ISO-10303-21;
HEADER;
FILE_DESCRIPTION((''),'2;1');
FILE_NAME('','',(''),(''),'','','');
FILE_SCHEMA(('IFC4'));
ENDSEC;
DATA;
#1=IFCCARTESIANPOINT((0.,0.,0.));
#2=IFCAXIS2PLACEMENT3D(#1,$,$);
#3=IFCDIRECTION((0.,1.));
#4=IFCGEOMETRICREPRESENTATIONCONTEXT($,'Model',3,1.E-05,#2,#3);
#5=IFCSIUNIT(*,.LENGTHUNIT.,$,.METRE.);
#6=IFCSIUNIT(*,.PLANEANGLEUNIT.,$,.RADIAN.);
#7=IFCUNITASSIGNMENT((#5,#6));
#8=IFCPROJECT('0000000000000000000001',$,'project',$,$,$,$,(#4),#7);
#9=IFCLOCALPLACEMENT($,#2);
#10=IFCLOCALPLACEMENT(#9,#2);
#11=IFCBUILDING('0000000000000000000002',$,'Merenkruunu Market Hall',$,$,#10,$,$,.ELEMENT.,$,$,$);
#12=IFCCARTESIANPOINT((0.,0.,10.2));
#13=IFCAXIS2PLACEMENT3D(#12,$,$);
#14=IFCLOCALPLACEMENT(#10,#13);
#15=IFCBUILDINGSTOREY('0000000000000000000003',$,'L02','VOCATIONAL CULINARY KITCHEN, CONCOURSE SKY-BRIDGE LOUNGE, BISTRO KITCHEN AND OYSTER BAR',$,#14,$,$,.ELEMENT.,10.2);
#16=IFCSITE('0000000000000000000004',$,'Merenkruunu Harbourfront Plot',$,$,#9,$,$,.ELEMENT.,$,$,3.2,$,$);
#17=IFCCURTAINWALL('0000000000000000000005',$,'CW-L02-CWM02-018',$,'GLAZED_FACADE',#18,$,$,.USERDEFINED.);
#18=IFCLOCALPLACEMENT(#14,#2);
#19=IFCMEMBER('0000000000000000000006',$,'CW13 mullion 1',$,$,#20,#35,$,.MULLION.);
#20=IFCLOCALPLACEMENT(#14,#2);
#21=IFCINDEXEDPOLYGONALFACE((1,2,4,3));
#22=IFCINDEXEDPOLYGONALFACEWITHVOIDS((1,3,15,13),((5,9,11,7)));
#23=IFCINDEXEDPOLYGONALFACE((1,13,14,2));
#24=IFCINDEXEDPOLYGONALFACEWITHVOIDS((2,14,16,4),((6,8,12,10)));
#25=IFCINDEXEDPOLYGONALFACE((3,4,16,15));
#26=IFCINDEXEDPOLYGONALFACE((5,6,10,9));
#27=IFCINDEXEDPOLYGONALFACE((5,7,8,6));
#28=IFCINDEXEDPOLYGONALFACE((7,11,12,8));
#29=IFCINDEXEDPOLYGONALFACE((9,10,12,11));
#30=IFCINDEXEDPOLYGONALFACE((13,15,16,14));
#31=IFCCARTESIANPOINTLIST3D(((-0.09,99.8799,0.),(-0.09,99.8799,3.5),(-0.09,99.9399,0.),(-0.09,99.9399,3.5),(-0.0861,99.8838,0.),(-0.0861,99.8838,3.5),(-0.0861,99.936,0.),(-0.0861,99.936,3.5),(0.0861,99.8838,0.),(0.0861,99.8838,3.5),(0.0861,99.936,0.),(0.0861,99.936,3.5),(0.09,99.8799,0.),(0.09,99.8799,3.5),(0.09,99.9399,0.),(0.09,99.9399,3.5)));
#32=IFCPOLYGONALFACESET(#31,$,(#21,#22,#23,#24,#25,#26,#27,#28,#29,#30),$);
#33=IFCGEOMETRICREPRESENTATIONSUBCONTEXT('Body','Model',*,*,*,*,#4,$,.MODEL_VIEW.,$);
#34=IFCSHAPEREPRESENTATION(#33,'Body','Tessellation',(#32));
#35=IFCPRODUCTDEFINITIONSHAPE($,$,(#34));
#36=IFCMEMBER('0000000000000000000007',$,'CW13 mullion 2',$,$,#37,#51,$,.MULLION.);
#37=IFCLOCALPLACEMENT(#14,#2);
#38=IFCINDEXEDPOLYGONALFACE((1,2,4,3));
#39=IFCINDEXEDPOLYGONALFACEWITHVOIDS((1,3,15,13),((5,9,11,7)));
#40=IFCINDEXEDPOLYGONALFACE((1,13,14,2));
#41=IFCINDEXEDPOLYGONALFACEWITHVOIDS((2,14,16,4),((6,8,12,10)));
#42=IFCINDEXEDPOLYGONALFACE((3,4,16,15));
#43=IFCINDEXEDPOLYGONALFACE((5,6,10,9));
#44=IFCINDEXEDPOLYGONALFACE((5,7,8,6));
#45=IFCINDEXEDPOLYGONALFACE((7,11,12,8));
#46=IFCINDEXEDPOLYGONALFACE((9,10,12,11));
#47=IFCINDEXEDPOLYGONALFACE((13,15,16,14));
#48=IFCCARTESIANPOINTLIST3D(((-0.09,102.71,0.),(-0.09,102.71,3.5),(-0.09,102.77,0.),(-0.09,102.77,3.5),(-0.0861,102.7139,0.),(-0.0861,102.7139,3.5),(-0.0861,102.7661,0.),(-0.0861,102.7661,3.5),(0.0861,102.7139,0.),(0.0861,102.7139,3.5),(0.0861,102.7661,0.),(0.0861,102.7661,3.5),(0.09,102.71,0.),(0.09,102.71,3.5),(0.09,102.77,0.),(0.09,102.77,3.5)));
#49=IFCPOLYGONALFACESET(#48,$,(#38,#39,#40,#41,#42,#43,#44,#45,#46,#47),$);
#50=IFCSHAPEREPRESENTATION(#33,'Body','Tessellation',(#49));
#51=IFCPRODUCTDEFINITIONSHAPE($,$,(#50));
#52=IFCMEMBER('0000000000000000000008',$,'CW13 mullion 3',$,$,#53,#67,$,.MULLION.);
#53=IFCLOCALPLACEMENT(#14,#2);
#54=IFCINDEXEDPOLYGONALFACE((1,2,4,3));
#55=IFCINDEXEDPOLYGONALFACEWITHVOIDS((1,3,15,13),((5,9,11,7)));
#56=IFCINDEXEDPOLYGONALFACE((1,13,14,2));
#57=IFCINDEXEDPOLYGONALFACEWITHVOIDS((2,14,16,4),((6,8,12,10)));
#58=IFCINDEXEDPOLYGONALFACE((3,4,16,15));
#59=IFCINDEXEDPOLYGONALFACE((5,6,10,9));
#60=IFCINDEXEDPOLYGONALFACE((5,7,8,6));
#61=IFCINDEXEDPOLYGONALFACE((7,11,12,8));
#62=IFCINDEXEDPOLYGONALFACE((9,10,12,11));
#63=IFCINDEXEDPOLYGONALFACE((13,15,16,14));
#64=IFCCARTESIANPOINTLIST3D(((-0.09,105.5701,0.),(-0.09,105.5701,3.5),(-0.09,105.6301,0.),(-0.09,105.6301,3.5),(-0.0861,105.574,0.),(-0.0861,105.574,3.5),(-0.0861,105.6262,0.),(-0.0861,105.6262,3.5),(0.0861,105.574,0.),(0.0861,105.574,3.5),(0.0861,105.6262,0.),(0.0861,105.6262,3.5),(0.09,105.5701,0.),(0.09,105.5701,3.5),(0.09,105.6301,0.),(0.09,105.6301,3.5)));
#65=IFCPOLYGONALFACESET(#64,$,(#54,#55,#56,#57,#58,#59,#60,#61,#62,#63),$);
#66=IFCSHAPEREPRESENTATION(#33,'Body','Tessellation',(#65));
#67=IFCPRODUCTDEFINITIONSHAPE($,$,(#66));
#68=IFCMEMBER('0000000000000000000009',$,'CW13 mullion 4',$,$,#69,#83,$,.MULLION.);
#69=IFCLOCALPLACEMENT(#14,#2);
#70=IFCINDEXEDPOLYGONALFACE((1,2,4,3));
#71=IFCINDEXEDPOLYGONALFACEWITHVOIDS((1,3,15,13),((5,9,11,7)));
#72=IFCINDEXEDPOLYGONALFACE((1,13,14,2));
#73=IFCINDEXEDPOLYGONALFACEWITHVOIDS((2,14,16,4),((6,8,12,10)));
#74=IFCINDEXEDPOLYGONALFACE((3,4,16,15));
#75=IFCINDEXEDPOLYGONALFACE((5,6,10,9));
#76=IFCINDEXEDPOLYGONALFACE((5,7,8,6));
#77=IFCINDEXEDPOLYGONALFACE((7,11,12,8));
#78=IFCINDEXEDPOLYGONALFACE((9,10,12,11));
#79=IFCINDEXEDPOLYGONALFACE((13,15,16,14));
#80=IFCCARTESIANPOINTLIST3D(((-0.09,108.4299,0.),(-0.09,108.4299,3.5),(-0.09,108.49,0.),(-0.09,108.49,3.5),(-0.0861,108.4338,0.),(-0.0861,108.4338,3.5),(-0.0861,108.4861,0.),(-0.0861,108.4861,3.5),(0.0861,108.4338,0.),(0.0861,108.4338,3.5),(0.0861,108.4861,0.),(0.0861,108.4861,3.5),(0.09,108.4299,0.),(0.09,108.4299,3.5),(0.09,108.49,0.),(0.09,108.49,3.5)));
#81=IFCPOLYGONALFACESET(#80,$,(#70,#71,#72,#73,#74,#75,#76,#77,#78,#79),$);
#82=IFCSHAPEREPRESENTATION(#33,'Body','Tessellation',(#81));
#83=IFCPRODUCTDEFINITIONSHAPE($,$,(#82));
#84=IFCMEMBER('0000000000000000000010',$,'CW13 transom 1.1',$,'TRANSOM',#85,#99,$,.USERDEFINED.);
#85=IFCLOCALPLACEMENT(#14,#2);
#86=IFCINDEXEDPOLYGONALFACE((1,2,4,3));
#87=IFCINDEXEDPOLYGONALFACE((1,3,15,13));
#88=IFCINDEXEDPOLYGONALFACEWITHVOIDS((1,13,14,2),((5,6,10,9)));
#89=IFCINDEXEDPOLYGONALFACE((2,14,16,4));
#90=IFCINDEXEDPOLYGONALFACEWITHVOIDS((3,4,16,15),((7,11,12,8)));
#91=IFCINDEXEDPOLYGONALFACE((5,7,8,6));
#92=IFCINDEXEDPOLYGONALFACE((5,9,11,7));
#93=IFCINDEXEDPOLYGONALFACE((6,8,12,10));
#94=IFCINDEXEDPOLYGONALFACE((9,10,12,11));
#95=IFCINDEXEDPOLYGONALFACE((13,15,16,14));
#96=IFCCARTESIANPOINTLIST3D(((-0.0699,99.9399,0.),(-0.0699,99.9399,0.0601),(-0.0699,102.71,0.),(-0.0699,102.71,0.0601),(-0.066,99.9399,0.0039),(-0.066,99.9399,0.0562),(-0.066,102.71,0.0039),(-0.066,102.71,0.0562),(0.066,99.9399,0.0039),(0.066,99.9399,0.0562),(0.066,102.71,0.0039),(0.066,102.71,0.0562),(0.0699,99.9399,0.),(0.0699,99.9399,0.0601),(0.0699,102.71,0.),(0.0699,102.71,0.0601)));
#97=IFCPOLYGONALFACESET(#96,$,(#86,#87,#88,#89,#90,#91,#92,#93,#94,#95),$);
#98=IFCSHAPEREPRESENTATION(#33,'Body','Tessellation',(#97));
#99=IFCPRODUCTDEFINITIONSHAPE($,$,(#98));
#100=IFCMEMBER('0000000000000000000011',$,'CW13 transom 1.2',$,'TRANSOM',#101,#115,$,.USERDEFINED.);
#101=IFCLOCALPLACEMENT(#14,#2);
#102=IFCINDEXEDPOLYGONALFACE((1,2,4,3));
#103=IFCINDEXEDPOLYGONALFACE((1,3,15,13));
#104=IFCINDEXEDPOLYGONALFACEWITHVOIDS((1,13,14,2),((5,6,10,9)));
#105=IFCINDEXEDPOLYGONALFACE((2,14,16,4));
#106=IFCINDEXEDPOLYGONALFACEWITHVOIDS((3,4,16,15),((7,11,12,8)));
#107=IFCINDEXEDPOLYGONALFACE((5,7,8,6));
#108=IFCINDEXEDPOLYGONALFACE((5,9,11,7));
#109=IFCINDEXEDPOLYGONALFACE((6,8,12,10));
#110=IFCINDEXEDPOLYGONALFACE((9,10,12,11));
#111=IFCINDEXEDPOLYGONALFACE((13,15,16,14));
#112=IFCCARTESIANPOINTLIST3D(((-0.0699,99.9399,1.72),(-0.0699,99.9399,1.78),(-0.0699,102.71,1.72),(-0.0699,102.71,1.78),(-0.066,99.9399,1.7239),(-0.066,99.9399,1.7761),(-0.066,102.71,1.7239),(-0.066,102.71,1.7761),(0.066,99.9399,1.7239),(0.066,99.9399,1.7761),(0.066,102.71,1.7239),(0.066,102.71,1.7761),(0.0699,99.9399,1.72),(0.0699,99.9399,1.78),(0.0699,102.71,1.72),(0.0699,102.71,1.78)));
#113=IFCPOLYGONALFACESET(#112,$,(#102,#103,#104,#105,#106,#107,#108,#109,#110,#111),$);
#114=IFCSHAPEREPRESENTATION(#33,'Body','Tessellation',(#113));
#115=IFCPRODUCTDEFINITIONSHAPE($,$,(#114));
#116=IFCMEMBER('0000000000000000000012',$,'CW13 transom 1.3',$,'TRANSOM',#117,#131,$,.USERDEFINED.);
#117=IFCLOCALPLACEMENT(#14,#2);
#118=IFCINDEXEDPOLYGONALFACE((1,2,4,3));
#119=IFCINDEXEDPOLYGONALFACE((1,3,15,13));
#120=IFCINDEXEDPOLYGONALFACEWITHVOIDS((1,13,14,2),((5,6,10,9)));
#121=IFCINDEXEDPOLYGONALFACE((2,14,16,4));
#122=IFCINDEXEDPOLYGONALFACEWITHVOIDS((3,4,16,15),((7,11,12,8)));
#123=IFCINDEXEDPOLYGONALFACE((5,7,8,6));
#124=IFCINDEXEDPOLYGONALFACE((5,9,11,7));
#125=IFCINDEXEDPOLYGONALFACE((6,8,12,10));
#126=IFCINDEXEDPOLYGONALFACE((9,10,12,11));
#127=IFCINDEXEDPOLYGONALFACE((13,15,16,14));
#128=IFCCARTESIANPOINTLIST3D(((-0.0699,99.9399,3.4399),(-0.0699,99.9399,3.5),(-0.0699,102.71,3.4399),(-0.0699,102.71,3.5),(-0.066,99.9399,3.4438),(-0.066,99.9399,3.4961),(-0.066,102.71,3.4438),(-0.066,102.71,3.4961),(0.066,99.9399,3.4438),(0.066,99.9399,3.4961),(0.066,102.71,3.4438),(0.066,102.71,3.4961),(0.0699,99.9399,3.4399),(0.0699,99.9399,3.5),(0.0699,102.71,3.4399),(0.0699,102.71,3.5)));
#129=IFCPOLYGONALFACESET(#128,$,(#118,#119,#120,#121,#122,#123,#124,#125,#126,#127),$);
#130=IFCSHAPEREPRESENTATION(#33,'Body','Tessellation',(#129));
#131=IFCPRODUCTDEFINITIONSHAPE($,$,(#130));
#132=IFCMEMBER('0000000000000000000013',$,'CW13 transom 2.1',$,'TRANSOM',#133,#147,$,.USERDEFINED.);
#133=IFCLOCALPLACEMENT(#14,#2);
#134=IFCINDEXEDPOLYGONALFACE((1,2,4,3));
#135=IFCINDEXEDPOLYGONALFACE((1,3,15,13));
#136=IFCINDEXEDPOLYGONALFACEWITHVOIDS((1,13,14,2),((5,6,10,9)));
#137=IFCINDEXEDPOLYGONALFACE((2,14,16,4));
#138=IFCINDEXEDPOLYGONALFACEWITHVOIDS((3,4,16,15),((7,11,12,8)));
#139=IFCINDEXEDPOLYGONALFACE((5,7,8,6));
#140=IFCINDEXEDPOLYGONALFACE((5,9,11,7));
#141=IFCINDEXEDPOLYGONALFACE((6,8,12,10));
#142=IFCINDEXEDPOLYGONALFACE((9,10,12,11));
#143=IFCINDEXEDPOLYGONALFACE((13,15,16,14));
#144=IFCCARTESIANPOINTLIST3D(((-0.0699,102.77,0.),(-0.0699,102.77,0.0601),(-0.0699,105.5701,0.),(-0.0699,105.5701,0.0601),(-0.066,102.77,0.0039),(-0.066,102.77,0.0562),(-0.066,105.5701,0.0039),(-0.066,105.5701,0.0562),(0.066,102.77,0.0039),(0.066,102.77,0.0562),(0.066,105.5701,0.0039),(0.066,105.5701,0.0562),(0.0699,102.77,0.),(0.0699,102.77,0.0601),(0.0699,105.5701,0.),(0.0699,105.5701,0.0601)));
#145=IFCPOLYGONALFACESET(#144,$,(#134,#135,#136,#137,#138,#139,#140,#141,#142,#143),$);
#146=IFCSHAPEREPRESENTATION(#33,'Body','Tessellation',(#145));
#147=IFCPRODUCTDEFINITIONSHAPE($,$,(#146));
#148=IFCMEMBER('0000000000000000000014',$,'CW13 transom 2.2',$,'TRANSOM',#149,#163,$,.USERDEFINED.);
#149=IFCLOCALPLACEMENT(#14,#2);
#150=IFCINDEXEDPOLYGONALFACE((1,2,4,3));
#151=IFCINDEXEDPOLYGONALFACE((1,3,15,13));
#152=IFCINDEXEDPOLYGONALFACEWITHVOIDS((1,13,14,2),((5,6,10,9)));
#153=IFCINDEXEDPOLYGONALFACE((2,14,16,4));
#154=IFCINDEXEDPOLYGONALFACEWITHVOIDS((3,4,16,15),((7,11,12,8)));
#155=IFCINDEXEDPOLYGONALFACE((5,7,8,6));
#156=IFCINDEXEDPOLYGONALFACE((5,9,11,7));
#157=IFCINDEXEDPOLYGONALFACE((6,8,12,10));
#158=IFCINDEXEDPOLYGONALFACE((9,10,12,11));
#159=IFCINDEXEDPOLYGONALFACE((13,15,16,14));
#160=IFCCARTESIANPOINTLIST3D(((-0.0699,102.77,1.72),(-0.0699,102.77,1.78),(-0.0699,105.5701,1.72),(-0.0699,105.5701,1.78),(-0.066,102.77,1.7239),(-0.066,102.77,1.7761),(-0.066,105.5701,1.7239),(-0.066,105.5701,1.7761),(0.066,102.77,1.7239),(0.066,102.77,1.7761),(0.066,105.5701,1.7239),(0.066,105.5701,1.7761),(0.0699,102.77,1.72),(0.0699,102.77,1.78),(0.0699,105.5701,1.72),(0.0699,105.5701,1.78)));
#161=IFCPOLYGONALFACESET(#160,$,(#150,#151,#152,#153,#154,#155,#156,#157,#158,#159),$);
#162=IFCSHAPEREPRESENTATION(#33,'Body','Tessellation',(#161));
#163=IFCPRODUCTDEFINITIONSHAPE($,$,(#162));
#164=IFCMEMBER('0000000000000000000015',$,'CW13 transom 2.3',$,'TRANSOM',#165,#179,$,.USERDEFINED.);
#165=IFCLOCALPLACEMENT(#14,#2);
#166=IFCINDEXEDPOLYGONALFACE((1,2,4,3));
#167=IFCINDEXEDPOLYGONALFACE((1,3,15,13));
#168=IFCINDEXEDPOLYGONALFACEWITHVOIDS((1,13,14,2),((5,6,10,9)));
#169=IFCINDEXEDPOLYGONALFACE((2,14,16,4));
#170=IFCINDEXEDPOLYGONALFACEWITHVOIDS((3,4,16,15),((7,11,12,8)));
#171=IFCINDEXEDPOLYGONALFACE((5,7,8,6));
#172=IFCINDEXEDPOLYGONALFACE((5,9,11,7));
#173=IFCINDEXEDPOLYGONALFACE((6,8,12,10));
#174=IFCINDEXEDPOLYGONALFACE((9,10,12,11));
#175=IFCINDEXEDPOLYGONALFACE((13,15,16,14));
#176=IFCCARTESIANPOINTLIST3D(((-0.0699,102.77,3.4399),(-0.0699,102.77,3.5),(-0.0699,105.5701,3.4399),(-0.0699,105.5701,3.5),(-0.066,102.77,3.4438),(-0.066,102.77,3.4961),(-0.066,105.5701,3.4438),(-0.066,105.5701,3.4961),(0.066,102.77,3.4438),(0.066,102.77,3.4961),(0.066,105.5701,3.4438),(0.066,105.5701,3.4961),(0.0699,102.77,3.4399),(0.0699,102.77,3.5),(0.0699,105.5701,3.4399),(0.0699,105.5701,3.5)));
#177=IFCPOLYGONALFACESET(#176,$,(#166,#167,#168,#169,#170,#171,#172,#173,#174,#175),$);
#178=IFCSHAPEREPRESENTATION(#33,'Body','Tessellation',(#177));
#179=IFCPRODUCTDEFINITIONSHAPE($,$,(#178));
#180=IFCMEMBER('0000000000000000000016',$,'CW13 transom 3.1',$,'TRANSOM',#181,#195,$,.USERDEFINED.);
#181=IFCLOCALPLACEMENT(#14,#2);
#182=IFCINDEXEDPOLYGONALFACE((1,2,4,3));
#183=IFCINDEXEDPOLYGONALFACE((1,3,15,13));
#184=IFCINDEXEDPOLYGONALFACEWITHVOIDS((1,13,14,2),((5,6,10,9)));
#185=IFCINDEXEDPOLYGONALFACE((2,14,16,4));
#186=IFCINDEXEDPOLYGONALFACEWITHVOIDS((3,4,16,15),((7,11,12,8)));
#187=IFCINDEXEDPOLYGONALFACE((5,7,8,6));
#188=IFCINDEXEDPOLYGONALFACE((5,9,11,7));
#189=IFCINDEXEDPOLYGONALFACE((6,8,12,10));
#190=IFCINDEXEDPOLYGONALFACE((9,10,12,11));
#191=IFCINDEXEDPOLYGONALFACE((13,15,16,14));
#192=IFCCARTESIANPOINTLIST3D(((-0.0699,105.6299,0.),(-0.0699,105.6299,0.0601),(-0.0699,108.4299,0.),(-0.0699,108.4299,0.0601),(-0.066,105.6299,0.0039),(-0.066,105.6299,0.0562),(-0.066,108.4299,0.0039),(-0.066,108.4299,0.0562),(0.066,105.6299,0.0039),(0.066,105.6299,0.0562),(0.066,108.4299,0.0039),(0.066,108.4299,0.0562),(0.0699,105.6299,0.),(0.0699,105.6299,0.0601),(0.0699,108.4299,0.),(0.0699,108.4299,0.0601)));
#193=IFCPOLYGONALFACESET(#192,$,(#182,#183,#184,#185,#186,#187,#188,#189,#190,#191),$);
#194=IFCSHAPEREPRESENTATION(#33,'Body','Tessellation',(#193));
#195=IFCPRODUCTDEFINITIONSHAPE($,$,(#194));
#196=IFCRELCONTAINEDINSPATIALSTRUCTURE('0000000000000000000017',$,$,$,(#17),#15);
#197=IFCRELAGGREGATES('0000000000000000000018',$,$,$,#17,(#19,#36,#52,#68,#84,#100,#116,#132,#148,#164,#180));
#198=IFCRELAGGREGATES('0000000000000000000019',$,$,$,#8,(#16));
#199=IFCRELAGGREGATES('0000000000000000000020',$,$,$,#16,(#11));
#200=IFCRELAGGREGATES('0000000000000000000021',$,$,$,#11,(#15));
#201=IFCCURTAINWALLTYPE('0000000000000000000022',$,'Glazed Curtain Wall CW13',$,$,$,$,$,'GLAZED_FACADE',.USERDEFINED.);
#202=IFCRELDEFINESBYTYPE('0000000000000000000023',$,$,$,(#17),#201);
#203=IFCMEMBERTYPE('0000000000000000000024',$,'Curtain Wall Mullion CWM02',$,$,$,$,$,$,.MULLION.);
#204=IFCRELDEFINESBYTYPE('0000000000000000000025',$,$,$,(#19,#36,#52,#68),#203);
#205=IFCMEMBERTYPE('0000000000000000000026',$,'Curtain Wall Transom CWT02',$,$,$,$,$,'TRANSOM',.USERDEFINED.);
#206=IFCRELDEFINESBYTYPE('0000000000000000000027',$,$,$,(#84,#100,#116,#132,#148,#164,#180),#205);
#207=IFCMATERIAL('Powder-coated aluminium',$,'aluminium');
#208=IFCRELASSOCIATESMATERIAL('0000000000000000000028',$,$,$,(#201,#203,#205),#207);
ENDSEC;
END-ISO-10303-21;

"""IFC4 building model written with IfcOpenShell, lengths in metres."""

from ifc_helpers import new_model, si_unit, direction, frame, origin, origin_2d, place, context, subcontext, project, spatial, hollow_rectangle, extrude, material, material_profile, profile_set, type_object, element, aggregate, save


model = new_model("IFC4")

# Units and contexts
model_context = context("Model", 3, precision=1e-05, world=origin(), true_north=direction((0.0, 1.0)))
body_context = subcontext(model_context, "Body", "Model", "MODEL_VIEW")
ifc_project = project(units=[si_unit("LENGTHUNIT", "METRE"), si_unit("PLANEANGLEUNIT", "RADIAN")], contexts=[model_context])

# Site, building, storey
site_placement = place(None, origin())
site = spatial("IfcSite", under=ifc_project, at=site_placement, Name="Merenkruunu Harbourfront Plot", CompositionType="ELEMENT", RefElevation=3.2)
building_placement = place(site_placement, origin())
building = spatial("IfcBuilding", under=site, at=building_placement, Name="Merenkruunu Market Hall", CompositionType="ELEMENT")
storey_placement = place(building_placement, frame((0.0, 0.0, 10.2)))
storey = spatial("IfcBuildingStorey", under=building, at=storey_placement, Name="L02", Description="VOCATIONAL CULINARY KITCHEN, CONCOURSE SKY-BRIDGE LOUNGE, BISTRO KITCHEN AND OYSTER BAR", CompositionType="ELEMENT", Elevation=10.2)

# Curtain wall, members
ifc_material_1 = material(Name="Powder-coated aluminium", Category="aluminium")
curtain_wall_type = type_object("IfcCurtainWallType", Name="Glazed Curtain Wall CW13", ElementType="GLAZED_FACADE", PredefinedType="USERDEFINED", material=ifc_material_1)
curtain_wall_placement = place(storey_placement, origin())
curtain_wall = element("IfcCurtainWall", 1, at=curtain_wall_placement, inside=storey, type_object=curtain_wall_type, Name="CW-L02-CWM02-018", ObjectType="GLAZED_FACADE", PredefinedType="USERDEFINED")
ifc_material_profile_1 = material_profile(ifc_material_1, hollow_rectangle(XDim=0.0601, YDim=0.1799, WallThickness=0.0039, at=origin_2d()), Name="ALU 60x180x4")
ifc_profile_set_1 = profile_set([ifc_material_profile_1], Name="Powder-coated aluminium")
member_type_1 = type_object("IfcMemberType", Name="Curtain Wall Mullion CWM02", PredefinedType="MULLION", material=ifc_profile_set_1)
member_1_placement = place(storey_placement, frame((0.0, 99.9099, 0.0), z_axis=(0.0, 0.0, 1.0), x_axis=(0.0, 1.0, 0.0)))
member_1 = element("IfcMember", 2, at=member_1_placement, type_object=member_type_1, Name="CW13 mullion 1", PredefinedType="MULLION", context=body_context, shape_type="SweptSolid", body=[
    extrude(hollow_rectangle(XDim=0.0601, YDim=0.1799, WallThickness=0.0039, at=origin_2d()), origin(), (0.0, 0.0, 1.0), 3.5),
])
member_2_placement = place(storey_placement, frame((0.0, 102.74, 0.0), z_axis=(0.0, 0.0, 1.0), x_axis=(0.0, 1.0, 0.0)))
member_2 = element("IfcMember", 3, at=member_2_placement, type_object=member_type_1, Name="CW13 mullion 2", PredefinedType="MULLION", context=body_context, shape_type="SweptSolid", body=[
    extrude(hollow_rectangle(XDim=0.0601, YDim=0.1799, WallThickness=0.0039, at=origin_2d()), origin(), (0.0, 0.0, 1.0), 3.5),
])
member_3_placement = place(storey_placement, frame((0.0, 105.6001, 0.0), z_axis=(0.0, 0.0, 1.0), x_axis=(0.0, 1.0, 0.0)))
member_3 = element("IfcMember", 4, at=member_3_placement, type_object=member_type_1, Name="CW13 mullion 3", PredefinedType="MULLION", context=body_context, shape_type="SweptSolid", body=[
    extrude(hollow_rectangle(XDim=0.0601, YDim=0.1799, WallThickness=0.0039, at=origin_2d()), origin(), (0.0, 0.0, 1.0), 3.5),
])
member_4_placement = place(storey_placement, frame((0.0, 108.46, 0.0), z_axis=(0.0, 0.0, 1.0), x_axis=(0.0, 1.0, 0.0)))
member_4 = element("IfcMember", 5, at=member_4_placement, type_object=member_type_1, Name="CW13 mullion 4", PredefinedType="MULLION", context=body_context, shape_type="SweptSolid", body=[
    extrude(hollow_rectangle(XDim=0.0601, YDim=0.1799, WallThickness=0.0039, at=origin_2d()), origin(), (0.0, 0.0, 1.0), 3.5),
])
ifc_material_profile_2 = material_profile(ifc_material_1, hollow_rectangle(XDim=0.0601, YDim=0.1399, WallThickness=0.0039, at=origin_2d()), Name="ALU 60x140x4")
ifc_profile_set_2 = profile_set([ifc_material_profile_2], Name="Powder-coated aluminium")
member_type_2 = type_object("IfcMemberType", Name="Curtain Wall Transom CWT02", ElementType="TRANSOM", PredefinedType="USERDEFINED", material=ifc_profile_set_2)
member_5_placement = place(storey_placement, frame((0.0, 99.9399, 0.03), z_axis=(0.0, 1.0, 0.0), x_axis=(0.0, 0.0, 1.0)))
member_5 = element("IfcMember", 6, at=member_5_placement, type_object=member_type_2, Name="CW13 transom 1.1", ObjectType="TRANSOM", PredefinedType="USERDEFINED", context=body_context, shape_type="SweptSolid", body=[
    extrude(hollow_rectangle(XDim=0.0601, YDim=0.1399, WallThickness=0.0039, at=origin_2d()), origin(), (0.0, 0.0, 1.0), 2.77),
])
member_6_placement = place(storey_placement, frame((0.0, 99.9399, 1.75), z_axis=(0.0, 1.0, 0.0), x_axis=(0.0, 0.0, 1.0)))
member_6 = element("IfcMember", 7, at=member_6_placement, type_object=member_type_2, Name="CW13 transom 1.2", ObjectType="TRANSOM", PredefinedType="USERDEFINED", context=body_context, shape_type="SweptSolid", body=[
    extrude(hollow_rectangle(XDim=0.0601, YDim=0.1399, WallThickness=0.0039, at=origin_2d()), origin(), (0.0, 0.0, 1.0), 2.77),
])
member_7_placement = place(storey_placement, frame((0.0, 99.9399, 3.47), z_axis=(0.0, 1.0, 0.0), x_axis=(0.0, 0.0, 1.0)))
member_7 = element("IfcMember", 8, at=member_7_placement, type_object=member_type_2, Name="CW13 transom 1.3", ObjectType="TRANSOM", PredefinedType="USERDEFINED", context=body_context, shape_type="SweptSolid", body=[
    extrude(hollow_rectangle(XDim=0.0601, YDim=0.1399, WallThickness=0.0039, at=origin_2d()), origin(), (0.0, 0.0, 1.0), 2.77),
])
member_8_placement = place(storey_placement, frame((0.0, 102.77, 0.03), z_axis=(0.0, 1.0, 0.0), x_axis=(0.0, 0.0, 1.0)))
member_8 = element("IfcMember", 9, at=member_8_placement, type_object=member_type_2, Name="CW13 transom 2.1", ObjectType="TRANSOM", PredefinedType="USERDEFINED", context=body_context, shape_type="SweptSolid", body=[
    extrude(hollow_rectangle(XDim=0.0601, YDim=0.1399, WallThickness=0.0039, at=origin_2d()), origin(), (0.0, 0.0, 1.0), 2.8),
])
member_9_placement = place(storey_placement, frame((0.0, 102.77, 1.75), z_axis=(0.0, 1.0, 0.0), x_axis=(0.0, 0.0, 1.0)))
member_9 = element("IfcMember", 10, at=member_9_placement, type_object=member_type_2, Name="CW13 transom 2.2", ObjectType="TRANSOM", PredefinedType="USERDEFINED", context=body_context, shape_type="SweptSolid", body=[
    extrude(hollow_rectangle(XDim=0.0601, YDim=0.1399, WallThickness=0.0039, at=origin_2d()), origin(), (0.0, 0.0, 1.0), 2.8),
])
member_10_placement = place(storey_placement, frame((0.0, 102.77, 3.47), z_axis=(0.0, 1.0, 0.0), x_axis=(0.0, 0.0, 1.0)))
member_10 = element("IfcMember", 11, at=member_10_placement, type_object=member_type_2, Name="CW13 transom 2.3", ObjectType="TRANSOM", PredefinedType="USERDEFINED", context=body_context, shape_type="SweptSolid", body=[
    extrude(hollow_rectangle(XDim=0.0601, YDim=0.1399, WallThickness=0.0039, at=origin_2d()), origin(), (0.0, 0.0, 1.0), 2.8),
])
member_11_placement = place(storey_placement, frame((0.0, 105.6299, 0.03), z_axis=(0.0, 1.0, 0.0), x_axis=(0.0, 0.0, 1.0)))
member_11 = element("IfcMember", 12, at=member_11_placement, type_object=member_type_2, Name="CW13 transom 3.1", ObjectType="TRANSOM", PredefinedType="USERDEFINED", context=body_context, shape_type="SweptSolid", body=[
    extrude(hollow_rectangle(XDim=0.0601, YDim=0.1399, WallThickness=0.0039, at=origin_2d()), origin(), (0.0, 0.0, 1.0), 2.8),
])
aggregate(curtain_wall, [member_1, member_2, member_3, member_4, member_5, member_6, member_7, member_8, member_9, member_10, member_11])

save(model, "model.ifc")
